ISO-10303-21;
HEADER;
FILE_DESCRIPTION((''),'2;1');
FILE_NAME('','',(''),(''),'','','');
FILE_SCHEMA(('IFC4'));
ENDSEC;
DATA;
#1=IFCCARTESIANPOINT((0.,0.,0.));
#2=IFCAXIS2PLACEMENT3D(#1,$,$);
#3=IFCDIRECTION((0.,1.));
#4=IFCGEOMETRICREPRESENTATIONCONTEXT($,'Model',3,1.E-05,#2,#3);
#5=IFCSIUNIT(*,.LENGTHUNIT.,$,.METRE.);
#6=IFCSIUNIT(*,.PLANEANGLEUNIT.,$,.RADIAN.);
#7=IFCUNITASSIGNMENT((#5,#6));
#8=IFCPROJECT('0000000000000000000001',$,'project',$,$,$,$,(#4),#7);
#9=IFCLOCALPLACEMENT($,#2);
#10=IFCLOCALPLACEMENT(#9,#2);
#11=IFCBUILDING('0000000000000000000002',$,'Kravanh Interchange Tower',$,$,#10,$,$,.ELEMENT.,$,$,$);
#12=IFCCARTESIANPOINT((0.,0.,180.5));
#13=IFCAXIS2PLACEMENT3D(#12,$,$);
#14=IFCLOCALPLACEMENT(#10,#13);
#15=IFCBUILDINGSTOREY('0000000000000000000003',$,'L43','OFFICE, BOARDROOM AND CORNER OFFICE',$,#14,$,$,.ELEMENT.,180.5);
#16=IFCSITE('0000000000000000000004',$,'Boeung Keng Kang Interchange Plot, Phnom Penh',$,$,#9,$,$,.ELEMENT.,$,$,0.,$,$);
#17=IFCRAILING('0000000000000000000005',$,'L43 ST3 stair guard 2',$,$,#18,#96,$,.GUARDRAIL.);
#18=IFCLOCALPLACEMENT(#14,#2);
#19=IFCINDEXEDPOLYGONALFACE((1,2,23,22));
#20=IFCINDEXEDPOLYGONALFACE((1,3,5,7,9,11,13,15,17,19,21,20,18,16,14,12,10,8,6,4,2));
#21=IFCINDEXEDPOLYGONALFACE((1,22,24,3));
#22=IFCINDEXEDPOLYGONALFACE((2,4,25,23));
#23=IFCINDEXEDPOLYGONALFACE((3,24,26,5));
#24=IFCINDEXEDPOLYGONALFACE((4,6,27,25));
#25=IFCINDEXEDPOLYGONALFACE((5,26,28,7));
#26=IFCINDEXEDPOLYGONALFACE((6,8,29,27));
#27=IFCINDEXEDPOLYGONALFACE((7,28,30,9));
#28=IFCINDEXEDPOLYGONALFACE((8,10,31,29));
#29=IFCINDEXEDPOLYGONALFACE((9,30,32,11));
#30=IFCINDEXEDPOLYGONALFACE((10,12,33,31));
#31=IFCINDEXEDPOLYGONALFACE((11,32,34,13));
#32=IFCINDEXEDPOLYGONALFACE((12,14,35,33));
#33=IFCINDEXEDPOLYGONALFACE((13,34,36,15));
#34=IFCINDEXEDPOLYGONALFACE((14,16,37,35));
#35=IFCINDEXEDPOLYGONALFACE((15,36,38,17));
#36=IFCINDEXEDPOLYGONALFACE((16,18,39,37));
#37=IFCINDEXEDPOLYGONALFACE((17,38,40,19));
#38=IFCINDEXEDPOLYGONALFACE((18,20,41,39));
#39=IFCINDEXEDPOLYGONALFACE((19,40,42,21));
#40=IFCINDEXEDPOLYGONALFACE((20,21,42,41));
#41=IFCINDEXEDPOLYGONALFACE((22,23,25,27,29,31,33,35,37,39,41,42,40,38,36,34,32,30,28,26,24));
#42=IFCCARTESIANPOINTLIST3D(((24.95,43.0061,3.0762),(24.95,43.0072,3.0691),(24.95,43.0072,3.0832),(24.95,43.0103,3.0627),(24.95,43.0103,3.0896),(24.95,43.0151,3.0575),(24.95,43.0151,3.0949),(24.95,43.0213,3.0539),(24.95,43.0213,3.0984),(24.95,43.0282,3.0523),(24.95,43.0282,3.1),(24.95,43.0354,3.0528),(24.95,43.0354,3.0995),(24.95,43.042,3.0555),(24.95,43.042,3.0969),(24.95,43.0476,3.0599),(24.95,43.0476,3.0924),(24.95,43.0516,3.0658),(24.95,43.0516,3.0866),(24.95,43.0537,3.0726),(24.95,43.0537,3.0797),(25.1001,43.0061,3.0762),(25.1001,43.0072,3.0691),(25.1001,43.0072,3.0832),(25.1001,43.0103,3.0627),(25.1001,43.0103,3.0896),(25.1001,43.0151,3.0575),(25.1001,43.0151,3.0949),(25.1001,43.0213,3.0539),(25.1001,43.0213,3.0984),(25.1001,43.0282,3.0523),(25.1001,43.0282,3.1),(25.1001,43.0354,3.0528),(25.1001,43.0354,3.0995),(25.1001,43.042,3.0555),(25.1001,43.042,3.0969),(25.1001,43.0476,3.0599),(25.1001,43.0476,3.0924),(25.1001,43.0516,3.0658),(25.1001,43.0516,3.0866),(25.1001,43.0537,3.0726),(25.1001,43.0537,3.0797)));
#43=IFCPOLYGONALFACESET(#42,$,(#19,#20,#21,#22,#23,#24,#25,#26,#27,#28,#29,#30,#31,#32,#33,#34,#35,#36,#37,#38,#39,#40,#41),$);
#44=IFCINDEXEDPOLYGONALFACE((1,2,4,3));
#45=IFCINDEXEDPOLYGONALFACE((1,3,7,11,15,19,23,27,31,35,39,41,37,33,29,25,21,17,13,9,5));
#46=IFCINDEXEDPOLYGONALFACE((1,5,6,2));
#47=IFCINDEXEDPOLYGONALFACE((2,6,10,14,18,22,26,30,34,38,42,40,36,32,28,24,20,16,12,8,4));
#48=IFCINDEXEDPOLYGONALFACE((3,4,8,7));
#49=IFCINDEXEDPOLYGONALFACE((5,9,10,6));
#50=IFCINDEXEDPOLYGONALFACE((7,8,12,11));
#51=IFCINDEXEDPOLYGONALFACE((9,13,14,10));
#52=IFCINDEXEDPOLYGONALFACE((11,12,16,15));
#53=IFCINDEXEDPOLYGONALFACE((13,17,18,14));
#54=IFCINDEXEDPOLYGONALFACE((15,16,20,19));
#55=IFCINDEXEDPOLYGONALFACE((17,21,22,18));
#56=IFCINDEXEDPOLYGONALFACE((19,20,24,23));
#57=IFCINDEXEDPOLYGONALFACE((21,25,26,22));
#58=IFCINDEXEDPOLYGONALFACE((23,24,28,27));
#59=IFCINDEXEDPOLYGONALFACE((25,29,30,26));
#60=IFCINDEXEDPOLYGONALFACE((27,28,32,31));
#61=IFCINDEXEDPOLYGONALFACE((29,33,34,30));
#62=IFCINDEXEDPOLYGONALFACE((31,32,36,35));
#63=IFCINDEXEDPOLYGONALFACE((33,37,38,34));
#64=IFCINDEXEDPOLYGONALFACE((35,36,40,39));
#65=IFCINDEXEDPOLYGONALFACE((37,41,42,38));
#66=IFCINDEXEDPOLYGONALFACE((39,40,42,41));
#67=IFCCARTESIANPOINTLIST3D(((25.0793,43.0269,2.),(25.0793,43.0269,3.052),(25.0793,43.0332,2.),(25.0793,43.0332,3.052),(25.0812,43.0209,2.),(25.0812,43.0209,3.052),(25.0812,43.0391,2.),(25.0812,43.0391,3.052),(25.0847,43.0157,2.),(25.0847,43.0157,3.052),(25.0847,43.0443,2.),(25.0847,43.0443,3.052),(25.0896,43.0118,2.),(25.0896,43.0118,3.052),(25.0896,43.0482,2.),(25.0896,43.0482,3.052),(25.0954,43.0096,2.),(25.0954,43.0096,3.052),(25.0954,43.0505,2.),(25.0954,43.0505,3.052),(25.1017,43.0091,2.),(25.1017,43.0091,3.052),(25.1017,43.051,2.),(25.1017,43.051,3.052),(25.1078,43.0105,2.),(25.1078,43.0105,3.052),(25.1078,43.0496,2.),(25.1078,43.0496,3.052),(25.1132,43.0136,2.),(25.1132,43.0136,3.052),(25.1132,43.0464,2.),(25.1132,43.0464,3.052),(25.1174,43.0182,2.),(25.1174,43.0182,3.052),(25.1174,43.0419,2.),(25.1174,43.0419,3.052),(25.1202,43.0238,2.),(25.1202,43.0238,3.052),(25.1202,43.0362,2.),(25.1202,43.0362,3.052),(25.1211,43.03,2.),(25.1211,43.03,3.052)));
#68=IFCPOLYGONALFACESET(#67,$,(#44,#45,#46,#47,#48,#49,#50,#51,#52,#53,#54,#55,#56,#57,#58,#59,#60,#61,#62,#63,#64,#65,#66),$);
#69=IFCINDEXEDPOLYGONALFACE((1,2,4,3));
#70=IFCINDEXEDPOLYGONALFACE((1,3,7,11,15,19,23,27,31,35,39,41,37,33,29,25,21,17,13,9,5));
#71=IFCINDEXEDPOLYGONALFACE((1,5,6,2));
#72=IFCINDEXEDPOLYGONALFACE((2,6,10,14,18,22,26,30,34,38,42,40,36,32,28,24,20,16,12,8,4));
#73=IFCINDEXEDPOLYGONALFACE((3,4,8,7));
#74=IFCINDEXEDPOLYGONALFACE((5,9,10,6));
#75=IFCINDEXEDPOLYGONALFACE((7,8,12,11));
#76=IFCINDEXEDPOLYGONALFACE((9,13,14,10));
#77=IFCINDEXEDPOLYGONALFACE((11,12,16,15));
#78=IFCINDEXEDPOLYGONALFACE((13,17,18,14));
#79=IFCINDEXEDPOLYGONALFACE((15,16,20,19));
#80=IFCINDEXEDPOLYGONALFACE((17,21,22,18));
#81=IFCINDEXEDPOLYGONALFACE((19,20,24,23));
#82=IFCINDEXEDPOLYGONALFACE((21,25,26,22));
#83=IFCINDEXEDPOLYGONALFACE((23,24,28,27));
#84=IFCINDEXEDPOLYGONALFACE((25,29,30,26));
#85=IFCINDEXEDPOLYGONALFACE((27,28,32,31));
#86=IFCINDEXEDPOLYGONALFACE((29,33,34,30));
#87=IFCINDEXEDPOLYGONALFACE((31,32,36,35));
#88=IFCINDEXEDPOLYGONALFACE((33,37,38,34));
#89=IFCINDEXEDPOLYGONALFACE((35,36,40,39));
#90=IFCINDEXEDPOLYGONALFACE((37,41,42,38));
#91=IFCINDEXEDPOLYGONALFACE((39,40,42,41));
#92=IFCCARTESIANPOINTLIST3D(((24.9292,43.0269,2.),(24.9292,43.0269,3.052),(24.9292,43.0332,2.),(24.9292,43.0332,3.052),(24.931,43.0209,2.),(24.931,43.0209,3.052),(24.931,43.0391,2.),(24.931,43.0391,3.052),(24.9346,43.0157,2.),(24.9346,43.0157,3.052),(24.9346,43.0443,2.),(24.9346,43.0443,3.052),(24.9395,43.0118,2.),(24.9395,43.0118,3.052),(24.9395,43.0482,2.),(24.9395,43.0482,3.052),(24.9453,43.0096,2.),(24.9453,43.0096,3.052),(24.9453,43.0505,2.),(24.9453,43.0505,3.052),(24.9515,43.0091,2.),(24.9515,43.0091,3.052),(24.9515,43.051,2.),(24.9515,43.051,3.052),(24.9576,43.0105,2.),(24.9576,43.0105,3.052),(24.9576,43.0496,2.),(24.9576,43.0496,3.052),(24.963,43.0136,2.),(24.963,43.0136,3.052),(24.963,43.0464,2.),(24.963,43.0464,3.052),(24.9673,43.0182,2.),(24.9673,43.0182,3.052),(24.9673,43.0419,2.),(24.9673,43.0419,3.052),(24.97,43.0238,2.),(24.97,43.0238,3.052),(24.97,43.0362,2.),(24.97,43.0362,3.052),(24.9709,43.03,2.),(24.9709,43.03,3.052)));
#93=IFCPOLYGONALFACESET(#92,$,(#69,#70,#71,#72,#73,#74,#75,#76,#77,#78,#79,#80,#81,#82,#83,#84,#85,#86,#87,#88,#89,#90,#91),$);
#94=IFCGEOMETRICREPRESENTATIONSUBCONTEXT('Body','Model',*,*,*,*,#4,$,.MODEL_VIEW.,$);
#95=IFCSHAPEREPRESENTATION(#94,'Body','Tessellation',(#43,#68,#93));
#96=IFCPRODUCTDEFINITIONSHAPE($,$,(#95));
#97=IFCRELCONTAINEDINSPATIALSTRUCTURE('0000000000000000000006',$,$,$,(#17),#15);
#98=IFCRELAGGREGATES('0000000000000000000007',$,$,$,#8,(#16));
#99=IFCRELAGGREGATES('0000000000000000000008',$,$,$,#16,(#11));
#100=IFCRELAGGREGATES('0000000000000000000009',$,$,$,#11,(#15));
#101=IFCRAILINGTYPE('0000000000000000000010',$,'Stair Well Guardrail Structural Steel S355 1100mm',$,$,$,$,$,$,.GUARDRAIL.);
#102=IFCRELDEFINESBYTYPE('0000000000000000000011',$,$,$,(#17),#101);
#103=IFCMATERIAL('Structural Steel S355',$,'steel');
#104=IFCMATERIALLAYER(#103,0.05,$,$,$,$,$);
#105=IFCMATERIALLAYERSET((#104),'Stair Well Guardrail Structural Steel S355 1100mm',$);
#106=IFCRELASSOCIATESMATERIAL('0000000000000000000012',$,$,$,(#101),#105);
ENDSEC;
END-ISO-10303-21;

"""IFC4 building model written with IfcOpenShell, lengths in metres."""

from ifc_helpers import new_model, si_unit, direction, frame, origin, origin_2d, place, context, subcontext, project, spatial, circle, extrude, material, layer, layer_set, type_object, element, save


model = new_model("IFC4")

# Units and contexts
model_context = context("Model", 3, precision=1e-05, world=origin(), true_north=direction((0.0, 1.0)))
body_context = subcontext(model_context, "Body", "Model", "MODEL_VIEW")
ifc_project = project(units=[si_unit("LENGTHUNIT", "METRE"), si_unit("PLANEANGLEUNIT", "RADIAN")], contexts=[model_context])

# Site, building, storey
site_placement = place(None, origin())
site = spatial("IfcSite", under=ifc_project, at=site_placement, Name="Boeung Keng Kang Interchange Plot, Phnom Penh", CompositionType="ELEMENT", RefElevation=0.0)
building_placement = place(site_placement, origin())
building = spatial("IfcBuilding", under=site, at=building_placement, Name="Kravanh Interchange Tower", CompositionType="ELEMENT")
storey_placement = place(building_placement, frame((0.0, 0.0, 180.5)))
storey = spatial("IfcBuildingStorey", under=building, at=storey_placement, Name="L43", Description="OFFICE, BOARDROOM AND CORNER OFFICE", CompositionType="ELEMENT", Elevation=180.5)

# Railing
ifc_material_1 = material(Name="Structural Steel S355", Category="steel")
ifc_layer_1 = layer(ifc_material_1, 0.05)
ifc_layer_set_1 = layer_set([ifc_layer_1], Name="Stair Well Guardrail Structural Steel S355 1100mm")
railing_type_1 = type_object("IfcRailingType", Name="Stair Well Guardrail Structural Steel S355 1100mm", PredefinedType="GUARDRAIL", material=ifc_layer_set_1)
railing_1_placement = place(storey_placement, frame((25.1001, 43.03, 2.0)))
element("IfcRailing", 1, at=railing_1_placement, inside=storey, type_object=railing_type_1, Name="L43 ST3 stair guard 2", PredefinedType="GUARDRAIL", context=body_context, shape_type="SweptSolid", body=[
    extrude(circle(Radius=0.0239, at=origin_2d()), frame((0.0, 0.0, 1.0762), z_axis=(-1.0, 0.0, 0.0), x_axis=(0.0, -1.0, 0.0)), (0.0, 0.0, 1.0), 0.1501),
    extrude(circle(Radius=0.021, at=origin_2d()), origin(), (0.0, 0.0, 1.0), 1.052),
    extrude(circle(Radius=0.021, at=origin_2d()), frame((-0.1501, 0.0, 0.0)), (0.0, 0.0, 1.0), 1.052),
])

save(model, "model.ifc")
